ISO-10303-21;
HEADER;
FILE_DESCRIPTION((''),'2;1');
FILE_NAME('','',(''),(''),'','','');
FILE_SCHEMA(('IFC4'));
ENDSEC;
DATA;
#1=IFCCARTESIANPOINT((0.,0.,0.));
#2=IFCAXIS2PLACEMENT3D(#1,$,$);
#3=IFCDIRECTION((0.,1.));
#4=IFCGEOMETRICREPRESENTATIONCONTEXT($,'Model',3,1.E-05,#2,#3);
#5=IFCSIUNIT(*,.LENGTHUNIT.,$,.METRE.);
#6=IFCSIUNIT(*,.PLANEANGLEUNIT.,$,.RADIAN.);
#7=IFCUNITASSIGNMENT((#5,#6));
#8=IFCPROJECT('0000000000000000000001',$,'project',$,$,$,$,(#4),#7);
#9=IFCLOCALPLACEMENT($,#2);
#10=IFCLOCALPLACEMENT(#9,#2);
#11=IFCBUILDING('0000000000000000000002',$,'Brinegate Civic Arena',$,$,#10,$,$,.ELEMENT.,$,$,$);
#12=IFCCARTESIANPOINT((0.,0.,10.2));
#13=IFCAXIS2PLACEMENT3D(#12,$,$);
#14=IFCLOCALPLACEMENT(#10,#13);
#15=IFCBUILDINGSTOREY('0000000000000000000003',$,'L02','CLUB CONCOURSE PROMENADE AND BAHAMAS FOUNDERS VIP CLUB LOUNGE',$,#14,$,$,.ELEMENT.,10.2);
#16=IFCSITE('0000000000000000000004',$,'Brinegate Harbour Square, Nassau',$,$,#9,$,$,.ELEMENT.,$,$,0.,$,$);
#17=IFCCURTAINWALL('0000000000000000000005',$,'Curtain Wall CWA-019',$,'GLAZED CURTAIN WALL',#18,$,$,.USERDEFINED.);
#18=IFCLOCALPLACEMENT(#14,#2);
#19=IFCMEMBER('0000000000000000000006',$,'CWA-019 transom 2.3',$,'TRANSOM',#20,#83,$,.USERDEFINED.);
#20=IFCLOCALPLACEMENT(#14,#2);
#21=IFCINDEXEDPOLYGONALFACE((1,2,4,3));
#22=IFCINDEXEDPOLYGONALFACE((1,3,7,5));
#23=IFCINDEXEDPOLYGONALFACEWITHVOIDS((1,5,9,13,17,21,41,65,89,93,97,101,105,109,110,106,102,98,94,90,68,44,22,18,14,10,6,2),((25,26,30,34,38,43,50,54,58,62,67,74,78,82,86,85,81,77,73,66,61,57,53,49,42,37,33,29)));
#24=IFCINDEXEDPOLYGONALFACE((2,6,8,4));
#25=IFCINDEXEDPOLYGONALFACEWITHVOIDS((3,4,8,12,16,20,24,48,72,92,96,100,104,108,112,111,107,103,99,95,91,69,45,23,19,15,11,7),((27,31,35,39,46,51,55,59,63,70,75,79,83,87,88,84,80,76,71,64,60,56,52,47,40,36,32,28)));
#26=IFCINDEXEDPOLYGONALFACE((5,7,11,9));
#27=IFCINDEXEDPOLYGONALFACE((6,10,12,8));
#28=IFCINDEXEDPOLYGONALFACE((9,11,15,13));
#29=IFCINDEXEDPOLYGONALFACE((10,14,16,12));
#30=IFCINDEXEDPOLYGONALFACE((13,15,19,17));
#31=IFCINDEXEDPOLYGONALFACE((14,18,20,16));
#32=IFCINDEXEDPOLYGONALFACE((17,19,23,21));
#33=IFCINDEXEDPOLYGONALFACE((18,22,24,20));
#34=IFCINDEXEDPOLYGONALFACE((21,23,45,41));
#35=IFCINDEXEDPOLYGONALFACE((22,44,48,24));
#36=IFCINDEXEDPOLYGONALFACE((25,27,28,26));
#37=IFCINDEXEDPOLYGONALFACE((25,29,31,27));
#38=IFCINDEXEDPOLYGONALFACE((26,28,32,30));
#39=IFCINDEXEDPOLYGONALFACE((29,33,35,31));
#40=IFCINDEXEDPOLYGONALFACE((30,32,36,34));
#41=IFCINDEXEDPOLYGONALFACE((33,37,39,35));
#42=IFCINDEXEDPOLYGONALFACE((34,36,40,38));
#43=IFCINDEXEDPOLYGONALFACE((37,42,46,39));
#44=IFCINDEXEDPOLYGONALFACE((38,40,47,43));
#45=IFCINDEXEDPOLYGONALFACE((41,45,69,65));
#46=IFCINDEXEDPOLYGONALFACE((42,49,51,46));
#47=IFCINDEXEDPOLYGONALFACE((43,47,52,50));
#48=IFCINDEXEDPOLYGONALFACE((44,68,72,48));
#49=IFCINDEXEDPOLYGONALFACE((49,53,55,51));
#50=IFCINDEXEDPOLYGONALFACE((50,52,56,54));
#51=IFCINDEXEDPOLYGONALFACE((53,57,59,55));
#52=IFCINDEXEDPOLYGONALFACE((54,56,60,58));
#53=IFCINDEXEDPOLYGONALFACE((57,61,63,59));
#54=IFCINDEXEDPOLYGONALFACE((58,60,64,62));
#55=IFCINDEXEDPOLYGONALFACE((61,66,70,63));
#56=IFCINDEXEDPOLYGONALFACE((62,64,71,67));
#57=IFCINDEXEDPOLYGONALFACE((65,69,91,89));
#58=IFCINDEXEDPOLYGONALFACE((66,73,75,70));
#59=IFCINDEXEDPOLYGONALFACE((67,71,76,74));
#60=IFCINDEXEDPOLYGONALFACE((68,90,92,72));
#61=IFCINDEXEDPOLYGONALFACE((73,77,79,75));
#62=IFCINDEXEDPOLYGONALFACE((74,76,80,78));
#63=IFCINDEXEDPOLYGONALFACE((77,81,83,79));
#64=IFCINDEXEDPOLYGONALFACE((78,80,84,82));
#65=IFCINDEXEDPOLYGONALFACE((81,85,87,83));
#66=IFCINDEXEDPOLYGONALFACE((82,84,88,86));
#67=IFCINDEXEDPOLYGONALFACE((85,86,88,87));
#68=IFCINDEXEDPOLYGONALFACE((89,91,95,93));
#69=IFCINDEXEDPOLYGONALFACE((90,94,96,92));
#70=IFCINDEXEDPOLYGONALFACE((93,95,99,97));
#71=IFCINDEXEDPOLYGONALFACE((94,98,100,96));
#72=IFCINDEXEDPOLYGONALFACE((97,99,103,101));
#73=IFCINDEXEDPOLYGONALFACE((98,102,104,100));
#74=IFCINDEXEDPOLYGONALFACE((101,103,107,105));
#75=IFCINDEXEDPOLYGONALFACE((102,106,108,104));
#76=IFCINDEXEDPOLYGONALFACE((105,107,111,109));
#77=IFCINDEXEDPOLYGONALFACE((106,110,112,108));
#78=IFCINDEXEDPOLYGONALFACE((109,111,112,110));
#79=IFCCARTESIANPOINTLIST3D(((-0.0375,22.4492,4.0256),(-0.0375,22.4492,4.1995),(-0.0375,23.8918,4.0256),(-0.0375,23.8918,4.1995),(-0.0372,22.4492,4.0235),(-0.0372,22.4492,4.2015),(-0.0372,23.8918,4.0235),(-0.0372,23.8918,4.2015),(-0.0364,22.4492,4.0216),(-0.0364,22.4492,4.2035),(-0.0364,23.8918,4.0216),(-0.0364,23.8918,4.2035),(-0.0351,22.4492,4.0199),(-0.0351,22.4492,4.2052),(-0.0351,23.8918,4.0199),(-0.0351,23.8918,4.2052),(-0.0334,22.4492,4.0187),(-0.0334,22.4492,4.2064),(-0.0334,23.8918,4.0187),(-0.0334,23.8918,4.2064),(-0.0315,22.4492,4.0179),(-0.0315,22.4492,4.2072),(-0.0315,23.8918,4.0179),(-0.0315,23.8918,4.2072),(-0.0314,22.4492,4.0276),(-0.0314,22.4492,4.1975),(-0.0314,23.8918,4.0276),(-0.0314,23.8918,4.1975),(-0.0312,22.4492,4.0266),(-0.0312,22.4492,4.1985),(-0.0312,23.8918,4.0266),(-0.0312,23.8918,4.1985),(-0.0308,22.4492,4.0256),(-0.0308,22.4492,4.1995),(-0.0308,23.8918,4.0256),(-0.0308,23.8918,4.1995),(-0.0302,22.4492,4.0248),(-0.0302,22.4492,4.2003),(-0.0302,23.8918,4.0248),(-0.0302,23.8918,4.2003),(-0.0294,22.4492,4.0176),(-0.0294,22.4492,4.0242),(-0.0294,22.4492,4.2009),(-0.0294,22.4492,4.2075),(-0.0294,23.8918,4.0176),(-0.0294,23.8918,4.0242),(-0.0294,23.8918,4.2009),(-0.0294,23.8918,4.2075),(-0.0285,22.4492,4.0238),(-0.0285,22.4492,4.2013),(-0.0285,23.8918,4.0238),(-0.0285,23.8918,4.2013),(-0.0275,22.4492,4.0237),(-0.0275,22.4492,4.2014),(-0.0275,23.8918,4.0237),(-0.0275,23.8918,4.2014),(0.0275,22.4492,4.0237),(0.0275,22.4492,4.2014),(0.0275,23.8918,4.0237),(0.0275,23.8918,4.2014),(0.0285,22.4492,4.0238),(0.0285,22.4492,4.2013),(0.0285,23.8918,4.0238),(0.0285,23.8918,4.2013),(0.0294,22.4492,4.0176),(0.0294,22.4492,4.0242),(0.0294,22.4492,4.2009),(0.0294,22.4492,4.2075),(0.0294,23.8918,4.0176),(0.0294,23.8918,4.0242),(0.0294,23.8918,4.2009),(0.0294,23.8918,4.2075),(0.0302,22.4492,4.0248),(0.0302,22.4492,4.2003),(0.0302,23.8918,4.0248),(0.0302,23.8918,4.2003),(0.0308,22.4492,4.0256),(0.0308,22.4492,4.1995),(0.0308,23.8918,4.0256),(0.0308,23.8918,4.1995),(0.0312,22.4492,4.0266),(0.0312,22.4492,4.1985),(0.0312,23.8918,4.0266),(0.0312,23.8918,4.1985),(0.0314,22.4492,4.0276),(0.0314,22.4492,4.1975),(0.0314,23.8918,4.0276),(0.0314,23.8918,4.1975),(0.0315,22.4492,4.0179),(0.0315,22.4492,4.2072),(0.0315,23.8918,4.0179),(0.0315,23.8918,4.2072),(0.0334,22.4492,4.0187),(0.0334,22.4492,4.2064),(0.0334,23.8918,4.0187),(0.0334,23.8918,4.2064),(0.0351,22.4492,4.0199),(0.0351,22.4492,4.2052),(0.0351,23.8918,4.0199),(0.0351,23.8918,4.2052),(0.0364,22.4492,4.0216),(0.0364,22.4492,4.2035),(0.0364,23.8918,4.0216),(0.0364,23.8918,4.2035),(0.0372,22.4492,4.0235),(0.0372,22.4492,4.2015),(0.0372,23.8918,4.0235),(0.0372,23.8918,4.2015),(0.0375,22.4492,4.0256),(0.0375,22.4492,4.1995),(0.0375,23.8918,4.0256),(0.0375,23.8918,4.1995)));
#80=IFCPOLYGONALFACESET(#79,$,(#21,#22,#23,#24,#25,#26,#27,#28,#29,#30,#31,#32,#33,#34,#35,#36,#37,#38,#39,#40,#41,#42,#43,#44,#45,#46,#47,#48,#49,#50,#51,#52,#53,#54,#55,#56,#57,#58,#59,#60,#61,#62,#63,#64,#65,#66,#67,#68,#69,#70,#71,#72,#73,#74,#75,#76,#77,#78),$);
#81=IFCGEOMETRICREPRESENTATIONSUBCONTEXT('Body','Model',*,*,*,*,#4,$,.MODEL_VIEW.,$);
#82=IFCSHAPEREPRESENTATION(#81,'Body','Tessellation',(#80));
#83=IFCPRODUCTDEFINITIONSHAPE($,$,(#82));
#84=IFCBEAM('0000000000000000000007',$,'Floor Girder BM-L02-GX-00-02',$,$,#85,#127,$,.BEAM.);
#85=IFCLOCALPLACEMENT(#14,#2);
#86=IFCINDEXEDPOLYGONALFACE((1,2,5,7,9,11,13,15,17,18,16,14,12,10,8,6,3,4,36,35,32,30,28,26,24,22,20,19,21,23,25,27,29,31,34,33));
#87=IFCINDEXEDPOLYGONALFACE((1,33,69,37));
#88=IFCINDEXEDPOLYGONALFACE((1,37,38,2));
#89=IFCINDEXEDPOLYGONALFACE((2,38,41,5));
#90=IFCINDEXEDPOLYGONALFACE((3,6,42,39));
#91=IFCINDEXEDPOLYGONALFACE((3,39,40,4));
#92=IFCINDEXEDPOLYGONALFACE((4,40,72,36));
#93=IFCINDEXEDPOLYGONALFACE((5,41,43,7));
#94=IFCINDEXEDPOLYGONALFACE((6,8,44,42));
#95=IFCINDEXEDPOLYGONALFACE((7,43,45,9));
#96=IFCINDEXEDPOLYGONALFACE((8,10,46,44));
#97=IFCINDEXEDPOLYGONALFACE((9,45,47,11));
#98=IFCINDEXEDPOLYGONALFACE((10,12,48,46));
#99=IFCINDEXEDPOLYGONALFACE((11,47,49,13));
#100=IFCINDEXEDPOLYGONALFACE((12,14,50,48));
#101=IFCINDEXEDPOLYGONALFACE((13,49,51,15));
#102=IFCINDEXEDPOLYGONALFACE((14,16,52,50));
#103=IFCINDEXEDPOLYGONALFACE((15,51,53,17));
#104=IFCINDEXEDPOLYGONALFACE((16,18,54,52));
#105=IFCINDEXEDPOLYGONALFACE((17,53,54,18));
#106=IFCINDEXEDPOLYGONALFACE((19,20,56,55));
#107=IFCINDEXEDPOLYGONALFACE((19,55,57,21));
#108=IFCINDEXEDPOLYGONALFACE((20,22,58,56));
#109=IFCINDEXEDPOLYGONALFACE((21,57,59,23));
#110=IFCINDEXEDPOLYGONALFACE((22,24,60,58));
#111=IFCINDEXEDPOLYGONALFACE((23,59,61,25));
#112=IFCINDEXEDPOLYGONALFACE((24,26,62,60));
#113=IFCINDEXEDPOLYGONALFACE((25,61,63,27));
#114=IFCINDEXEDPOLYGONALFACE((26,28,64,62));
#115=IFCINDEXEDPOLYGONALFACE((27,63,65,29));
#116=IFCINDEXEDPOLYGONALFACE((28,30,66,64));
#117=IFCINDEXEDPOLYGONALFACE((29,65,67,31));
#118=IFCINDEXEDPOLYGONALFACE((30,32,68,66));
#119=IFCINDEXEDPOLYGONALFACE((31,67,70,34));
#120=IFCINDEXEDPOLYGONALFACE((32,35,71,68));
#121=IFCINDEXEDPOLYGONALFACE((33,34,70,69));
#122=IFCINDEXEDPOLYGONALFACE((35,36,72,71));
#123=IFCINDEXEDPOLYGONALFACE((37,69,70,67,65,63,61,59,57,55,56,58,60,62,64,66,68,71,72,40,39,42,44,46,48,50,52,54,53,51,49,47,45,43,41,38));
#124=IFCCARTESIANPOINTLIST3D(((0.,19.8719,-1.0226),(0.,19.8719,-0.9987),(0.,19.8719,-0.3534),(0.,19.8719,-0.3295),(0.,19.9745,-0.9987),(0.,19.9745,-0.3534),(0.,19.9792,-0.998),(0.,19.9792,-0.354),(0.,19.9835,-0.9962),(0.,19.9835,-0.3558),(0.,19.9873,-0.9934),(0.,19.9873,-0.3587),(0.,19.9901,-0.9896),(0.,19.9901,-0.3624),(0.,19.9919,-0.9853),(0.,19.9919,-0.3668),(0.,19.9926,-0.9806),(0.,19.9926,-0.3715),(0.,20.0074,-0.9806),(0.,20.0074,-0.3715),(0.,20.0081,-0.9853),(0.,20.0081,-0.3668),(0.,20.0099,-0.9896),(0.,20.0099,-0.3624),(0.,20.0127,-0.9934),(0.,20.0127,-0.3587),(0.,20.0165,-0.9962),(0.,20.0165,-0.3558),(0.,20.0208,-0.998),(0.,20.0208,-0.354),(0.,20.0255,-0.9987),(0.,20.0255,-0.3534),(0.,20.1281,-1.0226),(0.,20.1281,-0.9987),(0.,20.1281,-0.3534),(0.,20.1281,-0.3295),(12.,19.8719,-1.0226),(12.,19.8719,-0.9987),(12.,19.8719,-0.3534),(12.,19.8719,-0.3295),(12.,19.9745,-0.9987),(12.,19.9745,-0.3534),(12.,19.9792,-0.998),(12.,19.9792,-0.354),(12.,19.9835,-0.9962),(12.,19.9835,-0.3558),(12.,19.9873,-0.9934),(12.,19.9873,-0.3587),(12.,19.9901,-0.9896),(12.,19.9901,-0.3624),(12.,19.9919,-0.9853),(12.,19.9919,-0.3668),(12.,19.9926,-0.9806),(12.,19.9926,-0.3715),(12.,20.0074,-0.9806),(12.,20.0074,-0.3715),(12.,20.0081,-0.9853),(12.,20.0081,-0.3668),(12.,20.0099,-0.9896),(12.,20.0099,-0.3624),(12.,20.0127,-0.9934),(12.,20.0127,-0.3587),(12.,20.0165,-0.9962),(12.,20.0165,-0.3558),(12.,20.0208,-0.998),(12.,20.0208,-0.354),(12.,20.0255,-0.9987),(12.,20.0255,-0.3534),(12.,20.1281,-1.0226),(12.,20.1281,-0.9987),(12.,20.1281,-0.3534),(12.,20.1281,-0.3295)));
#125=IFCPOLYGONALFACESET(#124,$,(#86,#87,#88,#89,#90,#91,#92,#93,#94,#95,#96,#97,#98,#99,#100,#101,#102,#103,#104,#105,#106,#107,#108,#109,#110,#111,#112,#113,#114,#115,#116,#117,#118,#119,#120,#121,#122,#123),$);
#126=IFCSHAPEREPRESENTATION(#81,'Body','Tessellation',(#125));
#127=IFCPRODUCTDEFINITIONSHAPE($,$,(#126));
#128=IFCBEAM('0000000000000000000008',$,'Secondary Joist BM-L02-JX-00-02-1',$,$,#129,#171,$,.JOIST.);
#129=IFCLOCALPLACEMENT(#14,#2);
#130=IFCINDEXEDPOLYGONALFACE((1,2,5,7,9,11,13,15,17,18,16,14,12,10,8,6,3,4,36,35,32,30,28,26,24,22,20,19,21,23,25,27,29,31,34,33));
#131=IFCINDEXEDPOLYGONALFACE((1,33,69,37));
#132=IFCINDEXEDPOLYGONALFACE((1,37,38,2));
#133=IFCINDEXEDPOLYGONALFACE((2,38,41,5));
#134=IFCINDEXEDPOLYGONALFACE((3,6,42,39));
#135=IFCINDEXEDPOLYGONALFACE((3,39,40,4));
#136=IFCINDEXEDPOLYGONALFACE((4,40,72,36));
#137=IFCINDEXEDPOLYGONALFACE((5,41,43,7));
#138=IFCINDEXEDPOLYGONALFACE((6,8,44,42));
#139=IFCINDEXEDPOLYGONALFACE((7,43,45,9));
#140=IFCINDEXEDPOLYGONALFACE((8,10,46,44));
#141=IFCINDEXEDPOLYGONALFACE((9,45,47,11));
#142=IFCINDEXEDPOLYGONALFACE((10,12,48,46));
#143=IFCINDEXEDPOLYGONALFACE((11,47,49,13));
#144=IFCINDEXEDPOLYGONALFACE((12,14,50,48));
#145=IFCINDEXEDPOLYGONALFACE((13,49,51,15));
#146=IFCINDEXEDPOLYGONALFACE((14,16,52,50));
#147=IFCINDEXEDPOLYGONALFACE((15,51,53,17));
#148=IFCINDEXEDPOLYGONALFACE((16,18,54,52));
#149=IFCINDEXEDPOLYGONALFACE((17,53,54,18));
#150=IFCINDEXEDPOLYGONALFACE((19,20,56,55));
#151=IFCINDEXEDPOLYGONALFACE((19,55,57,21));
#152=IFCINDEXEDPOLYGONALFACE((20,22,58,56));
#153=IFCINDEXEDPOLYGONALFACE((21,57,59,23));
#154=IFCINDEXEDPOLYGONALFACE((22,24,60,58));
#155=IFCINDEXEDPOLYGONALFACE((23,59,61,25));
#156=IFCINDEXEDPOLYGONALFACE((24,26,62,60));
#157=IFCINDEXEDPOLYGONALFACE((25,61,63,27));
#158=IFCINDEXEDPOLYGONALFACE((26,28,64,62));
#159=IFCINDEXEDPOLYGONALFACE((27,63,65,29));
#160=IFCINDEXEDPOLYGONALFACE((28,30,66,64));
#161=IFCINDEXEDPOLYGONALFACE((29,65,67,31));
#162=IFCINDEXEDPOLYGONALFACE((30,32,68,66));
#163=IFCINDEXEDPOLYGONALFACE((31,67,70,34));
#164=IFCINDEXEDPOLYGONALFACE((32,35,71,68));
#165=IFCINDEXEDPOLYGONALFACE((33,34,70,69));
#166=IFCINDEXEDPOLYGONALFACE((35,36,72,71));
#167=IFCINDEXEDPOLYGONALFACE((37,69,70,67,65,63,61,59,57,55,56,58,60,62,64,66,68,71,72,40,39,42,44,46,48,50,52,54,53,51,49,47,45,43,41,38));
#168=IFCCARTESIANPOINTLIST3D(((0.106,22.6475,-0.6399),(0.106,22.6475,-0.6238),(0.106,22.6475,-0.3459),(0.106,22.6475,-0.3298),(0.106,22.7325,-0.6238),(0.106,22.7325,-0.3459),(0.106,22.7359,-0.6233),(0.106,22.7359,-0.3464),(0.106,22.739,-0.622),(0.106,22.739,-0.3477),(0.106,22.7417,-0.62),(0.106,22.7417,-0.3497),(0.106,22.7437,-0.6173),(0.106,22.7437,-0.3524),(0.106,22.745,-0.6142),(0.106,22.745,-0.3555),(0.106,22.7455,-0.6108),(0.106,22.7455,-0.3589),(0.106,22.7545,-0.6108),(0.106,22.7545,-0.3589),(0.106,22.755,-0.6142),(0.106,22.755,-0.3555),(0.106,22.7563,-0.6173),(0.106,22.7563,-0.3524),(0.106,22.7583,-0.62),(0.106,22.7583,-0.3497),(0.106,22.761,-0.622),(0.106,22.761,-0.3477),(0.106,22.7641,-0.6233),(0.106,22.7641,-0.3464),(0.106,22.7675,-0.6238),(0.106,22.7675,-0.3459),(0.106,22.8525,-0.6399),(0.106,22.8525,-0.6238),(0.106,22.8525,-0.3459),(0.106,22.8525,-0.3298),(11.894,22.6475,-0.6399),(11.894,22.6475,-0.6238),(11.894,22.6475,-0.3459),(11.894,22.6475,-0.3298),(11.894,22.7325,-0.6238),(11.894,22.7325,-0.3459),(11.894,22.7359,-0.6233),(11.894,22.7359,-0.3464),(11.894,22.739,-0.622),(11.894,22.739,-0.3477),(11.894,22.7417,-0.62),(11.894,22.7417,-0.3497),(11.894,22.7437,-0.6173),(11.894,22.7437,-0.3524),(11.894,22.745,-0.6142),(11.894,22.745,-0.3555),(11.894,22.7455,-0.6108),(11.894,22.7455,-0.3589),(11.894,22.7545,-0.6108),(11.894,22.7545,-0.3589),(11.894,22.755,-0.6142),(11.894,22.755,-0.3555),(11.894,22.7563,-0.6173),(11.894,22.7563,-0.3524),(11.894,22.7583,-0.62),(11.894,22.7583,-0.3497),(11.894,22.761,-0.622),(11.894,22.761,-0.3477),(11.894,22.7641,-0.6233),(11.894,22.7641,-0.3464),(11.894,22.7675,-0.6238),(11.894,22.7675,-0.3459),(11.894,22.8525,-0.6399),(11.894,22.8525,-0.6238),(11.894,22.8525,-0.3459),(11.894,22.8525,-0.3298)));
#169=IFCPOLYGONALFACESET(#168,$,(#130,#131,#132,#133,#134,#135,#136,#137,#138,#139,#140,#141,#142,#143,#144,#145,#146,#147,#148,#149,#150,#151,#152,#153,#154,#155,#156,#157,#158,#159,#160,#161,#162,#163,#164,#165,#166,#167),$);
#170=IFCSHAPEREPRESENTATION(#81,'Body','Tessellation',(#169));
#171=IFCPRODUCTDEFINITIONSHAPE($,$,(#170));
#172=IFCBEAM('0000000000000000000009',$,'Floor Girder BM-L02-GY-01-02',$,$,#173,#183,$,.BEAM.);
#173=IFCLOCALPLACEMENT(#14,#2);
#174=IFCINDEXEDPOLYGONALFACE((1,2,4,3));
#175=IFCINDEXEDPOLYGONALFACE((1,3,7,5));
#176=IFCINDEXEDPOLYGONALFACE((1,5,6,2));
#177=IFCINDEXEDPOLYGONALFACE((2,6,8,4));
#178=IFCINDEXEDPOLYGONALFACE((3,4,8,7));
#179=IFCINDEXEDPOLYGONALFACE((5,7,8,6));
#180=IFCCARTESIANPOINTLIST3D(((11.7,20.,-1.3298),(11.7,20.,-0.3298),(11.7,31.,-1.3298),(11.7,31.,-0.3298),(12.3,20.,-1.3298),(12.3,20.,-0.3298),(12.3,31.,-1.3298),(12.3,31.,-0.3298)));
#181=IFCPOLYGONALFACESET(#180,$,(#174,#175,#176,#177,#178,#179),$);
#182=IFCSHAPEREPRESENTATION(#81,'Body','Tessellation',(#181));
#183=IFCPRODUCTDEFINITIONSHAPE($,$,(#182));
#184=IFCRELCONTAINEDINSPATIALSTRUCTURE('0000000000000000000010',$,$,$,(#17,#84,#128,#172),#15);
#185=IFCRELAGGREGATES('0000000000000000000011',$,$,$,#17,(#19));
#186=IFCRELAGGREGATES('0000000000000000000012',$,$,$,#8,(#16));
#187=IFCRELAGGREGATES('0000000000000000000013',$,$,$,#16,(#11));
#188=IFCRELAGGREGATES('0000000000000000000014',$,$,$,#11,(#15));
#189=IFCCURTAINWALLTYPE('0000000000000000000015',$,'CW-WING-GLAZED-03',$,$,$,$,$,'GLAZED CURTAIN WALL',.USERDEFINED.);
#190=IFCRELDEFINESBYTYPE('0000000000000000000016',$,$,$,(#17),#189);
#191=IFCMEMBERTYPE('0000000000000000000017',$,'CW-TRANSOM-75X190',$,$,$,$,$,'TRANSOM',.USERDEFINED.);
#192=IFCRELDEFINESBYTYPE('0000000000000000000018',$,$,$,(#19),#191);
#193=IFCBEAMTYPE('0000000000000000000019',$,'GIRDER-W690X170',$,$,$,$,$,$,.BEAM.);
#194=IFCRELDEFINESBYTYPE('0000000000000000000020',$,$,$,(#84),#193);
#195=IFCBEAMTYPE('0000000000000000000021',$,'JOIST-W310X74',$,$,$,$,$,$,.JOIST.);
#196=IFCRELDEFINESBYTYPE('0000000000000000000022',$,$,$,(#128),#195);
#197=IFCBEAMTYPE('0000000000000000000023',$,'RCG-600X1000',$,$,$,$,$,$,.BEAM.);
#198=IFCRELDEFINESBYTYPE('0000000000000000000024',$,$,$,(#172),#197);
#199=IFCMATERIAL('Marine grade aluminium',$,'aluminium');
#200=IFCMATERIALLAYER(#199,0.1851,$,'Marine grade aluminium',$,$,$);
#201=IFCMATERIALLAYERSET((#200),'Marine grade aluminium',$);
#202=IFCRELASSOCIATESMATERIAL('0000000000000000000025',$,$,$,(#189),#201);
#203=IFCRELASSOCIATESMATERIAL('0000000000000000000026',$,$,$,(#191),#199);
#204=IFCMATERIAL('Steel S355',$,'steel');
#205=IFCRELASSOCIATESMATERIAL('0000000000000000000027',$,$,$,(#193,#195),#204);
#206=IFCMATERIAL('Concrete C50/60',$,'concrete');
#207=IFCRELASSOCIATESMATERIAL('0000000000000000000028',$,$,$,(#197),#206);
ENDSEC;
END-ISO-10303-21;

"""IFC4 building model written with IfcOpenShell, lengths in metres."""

from ifc_helpers import new_model, si_unit, direction, frame, origin, origin_2d, place, context, subcontext, project, spatial, rectangle, hollow_rectangle, i_section, extrude, material, layer, layer_set, material_profile, profile_set, type_object, element, aggregate, save


model = new_model("IFC4")

# Units and contexts
model_context = context("Model", 3, precision=1e-05, world=origin(), true_north=direction((0.0, 1.0)))
body_context = subcontext(model_context, "Body", "Model", "MODEL_VIEW")
ifc_project = project(units=[si_unit("LENGTHUNIT", "METRE"), si_unit("PLANEANGLEUNIT", "RADIAN")], contexts=[model_context])

# Site, building, storey
site_placement = place(None, origin())
site = spatial("IfcSite", under=ifc_project, at=site_placement, Name="Brinegate Harbour Square, Nassau", CompositionType="ELEMENT", RefElevation=0.0)
building_placement = place(site_placement, origin())
building = spatial("IfcBuilding", under=site, at=building_placement, Name="Brinegate Civic Arena", CompositionType="ELEMENT")
storey_placement = place(building_placement, frame((0.0, 0.0, 10.2)))
storey = spatial("IfcBuildingStorey", under=building, at=storey_placement, Name="L02", Description="CLUB CONCOURSE PROMENADE AND BAHAMAS FOUNDERS VIP CLUB LOUNGE", CompositionType="ELEMENT", Elevation=10.2)

# Shared definitions
ifc_material_1 = material(Name="Concrete C50/60", Category="concrete")
ifc_material_2 = material(Name="Steel S355", Category="steel")

# Curtain wall, member
ifc_material_3 = material(Name="Marine grade aluminium", Category="aluminium")
ifc_layer_1 = layer(ifc_material_3, 0.1851, Name="Marine grade aluminium")
ifc_layer_set_1 = layer_set([ifc_layer_1], Name="Marine grade aluminium")
curtain_wall_type = type_object("IfcCurtainWallType", Name="CW-WING-GLAZED-03", ElementType="GLAZED CURTAIN WALL", PredefinedType="USERDEFINED", material=ifc_layer_set_1)
curtain_wall_placement = place(storey_placement, origin())
curtain_wall = element("IfcCurtainWall", 1, at=curtain_wall_placement, inside=storey, type_object=curtain_wall_type, Name="Curtain Wall CWA-019", ObjectType="GLAZED CURTAIN WALL", PredefinedType="USERDEFINED")
ifc_material_profile_1 = material_profile(ifc_material_3, hollow_rectangle(XDim=0.075, YDim=0.1899, WallThickness=0.0061, InnerFilletRadius=0.0039, OuterFilletRadius=0.0081, at=origin_2d()), Name="TRN75X190")
ifc_profile_set_1 = profile_set([ifc_material_profile_1], Name="Marine grade aluminium")
member_type_1 = type_object("IfcMemberType", Name="CW-TRANSOM-75X190", ElementType="TRANSOM", PredefinedType="USERDEFINED", material=ifc_profile_set_1)
member_1_placement = place(storey_placement, frame((0.0, 22.4492, 4.1125), z_axis=(0.0, 1.0, 0.0), x_axis=(-1.0, 0.0, 0.0)))
member_1 = element("IfcMember", 2, at=member_1_placement, type_object=member_type_1, Name="CWA-019 transom 2.3", ObjectType="TRANSOM", PredefinedType="USERDEFINED", context=body_context, shape_type="SweptSolid", body=[
    extrude(hollow_rectangle(XDim=0.075, YDim=0.1899, WallThickness=0.0061, InnerFilletRadius=0.0039, OuterFilletRadius=0.0081, at=origin_2d()), origin(), (0.0, 0.0, 1.0), 1.4426),
])

# Beams
ifc_material_profile_2 = material_profile(ifc_material_2, i_section(OverallWidth=0.2561, OverallDepth=0.6931, WebThickness=0.0149, FlangeThickness=0.0239, FilletRadius=0.0181, at=origin_2d()), Name="W690X170")
ifc_profile_set_2 = profile_set([ifc_material_profile_2], Name="Steel S355")
beam_type_1 = type_object("IfcBeamType", Name="GIRDER-W690X170", PredefinedType="BEAM", material=ifc_profile_set_2)
beam_1_placement = place(storey_placement, frame((0.0, 20.0, -0.676), z_axis=(1.0, 0.0, 0.0), x_axis=(0.0, 1.0, 0.0)))
element("IfcBeam", 3, at=beam_1_placement, inside=storey, type_object=beam_type_1, Name="Floor Girder BM-L02-GX-00-02", PredefinedType="BEAM", context=body_context, shape_type="SweptSolid", body=[
    extrude(i_section(OverallWidth=0.2561, OverallDepth=0.6931, WebThickness=0.0149, FlangeThickness=0.0239, FilletRadius=0.0181, at=origin_2d()), origin(), (0.0, 0.0, 1.0), 12.0),
])
ifc_material_profile_3 = material_profile(ifc_material_2, i_section(OverallWidth=0.2051, OverallDepth=0.3101, WebThickness=0.009, FlangeThickness=0.0161, FilletRadius=0.0129, at=origin_2d()), Name="W310X74")
ifc_profile_set_3 = profile_set([ifc_material_profile_3], Name="Steel S355")
beam_type_2 = type_object("IfcBeamType", Name="JOIST-W310X74", PredefinedType="JOIST", material=ifc_profile_set_3)
beam_2_placement = place(storey_placement, frame((0.106, 22.75, -0.4849), z_axis=(1.0, 0.0, 0.0), x_axis=(0.0, 1.0, 0.0)))
element("IfcBeam", 4, at=beam_2_placement, inside=storey, type_object=beam_type_2, Name="Secondary Joist BM-L02-JX-00-02-1", PredefinedType="JOIST", context=body_context, shape_type="SweptSolid", body=[
    extrude(i_section(OverallWidth=0.2051, OverallDepth=0.3101, WebThickness=0.009, FlangeThickness=0.0161, FilletRadius=0.0129, at=origin_2d()), origin(), (0.0, 0.0, 1.0), 11.7881),
])
ifc_material_profile_4 = material_profile(ifc_material_1, rectangle(XDim=0.6001, YDim=1.0, at=origin_2d()), Name="RCB600X1000")
ifc_profile_set_4 = profile_set([ifc_material_profile_4], Name="Concrete C50/60")
beam_type_3 = type_object("IfcBeamType", Name="RCG-600X1000", PredefinedType="BEAM", material=ifc_profile_set_4)
beam_3_placement = place(storey_placement, frame((12.0, 20.0, -0.8298), z_axis=(0.0, 1.0, 0.0), x_axis=(-1.0, 0.0, 0.0)))
element("IfcBeam", 5, at=beam_3_placement, inside=storey, type_object=beam_type_3, Name="Floor Girder BM-L02-GY-01-02", PredefinedType="BEAM", context=body_context, shape_type="SweptSolid", body=[
    extrude(rectangle(XDim=0.6001, YDim=1.0, at=origin_2d()), origin(), (0.0, 0.0, 1.0), 11.0),
])

aggregate(curtain_wall, [member_1])

save(model, "model.ifc")
